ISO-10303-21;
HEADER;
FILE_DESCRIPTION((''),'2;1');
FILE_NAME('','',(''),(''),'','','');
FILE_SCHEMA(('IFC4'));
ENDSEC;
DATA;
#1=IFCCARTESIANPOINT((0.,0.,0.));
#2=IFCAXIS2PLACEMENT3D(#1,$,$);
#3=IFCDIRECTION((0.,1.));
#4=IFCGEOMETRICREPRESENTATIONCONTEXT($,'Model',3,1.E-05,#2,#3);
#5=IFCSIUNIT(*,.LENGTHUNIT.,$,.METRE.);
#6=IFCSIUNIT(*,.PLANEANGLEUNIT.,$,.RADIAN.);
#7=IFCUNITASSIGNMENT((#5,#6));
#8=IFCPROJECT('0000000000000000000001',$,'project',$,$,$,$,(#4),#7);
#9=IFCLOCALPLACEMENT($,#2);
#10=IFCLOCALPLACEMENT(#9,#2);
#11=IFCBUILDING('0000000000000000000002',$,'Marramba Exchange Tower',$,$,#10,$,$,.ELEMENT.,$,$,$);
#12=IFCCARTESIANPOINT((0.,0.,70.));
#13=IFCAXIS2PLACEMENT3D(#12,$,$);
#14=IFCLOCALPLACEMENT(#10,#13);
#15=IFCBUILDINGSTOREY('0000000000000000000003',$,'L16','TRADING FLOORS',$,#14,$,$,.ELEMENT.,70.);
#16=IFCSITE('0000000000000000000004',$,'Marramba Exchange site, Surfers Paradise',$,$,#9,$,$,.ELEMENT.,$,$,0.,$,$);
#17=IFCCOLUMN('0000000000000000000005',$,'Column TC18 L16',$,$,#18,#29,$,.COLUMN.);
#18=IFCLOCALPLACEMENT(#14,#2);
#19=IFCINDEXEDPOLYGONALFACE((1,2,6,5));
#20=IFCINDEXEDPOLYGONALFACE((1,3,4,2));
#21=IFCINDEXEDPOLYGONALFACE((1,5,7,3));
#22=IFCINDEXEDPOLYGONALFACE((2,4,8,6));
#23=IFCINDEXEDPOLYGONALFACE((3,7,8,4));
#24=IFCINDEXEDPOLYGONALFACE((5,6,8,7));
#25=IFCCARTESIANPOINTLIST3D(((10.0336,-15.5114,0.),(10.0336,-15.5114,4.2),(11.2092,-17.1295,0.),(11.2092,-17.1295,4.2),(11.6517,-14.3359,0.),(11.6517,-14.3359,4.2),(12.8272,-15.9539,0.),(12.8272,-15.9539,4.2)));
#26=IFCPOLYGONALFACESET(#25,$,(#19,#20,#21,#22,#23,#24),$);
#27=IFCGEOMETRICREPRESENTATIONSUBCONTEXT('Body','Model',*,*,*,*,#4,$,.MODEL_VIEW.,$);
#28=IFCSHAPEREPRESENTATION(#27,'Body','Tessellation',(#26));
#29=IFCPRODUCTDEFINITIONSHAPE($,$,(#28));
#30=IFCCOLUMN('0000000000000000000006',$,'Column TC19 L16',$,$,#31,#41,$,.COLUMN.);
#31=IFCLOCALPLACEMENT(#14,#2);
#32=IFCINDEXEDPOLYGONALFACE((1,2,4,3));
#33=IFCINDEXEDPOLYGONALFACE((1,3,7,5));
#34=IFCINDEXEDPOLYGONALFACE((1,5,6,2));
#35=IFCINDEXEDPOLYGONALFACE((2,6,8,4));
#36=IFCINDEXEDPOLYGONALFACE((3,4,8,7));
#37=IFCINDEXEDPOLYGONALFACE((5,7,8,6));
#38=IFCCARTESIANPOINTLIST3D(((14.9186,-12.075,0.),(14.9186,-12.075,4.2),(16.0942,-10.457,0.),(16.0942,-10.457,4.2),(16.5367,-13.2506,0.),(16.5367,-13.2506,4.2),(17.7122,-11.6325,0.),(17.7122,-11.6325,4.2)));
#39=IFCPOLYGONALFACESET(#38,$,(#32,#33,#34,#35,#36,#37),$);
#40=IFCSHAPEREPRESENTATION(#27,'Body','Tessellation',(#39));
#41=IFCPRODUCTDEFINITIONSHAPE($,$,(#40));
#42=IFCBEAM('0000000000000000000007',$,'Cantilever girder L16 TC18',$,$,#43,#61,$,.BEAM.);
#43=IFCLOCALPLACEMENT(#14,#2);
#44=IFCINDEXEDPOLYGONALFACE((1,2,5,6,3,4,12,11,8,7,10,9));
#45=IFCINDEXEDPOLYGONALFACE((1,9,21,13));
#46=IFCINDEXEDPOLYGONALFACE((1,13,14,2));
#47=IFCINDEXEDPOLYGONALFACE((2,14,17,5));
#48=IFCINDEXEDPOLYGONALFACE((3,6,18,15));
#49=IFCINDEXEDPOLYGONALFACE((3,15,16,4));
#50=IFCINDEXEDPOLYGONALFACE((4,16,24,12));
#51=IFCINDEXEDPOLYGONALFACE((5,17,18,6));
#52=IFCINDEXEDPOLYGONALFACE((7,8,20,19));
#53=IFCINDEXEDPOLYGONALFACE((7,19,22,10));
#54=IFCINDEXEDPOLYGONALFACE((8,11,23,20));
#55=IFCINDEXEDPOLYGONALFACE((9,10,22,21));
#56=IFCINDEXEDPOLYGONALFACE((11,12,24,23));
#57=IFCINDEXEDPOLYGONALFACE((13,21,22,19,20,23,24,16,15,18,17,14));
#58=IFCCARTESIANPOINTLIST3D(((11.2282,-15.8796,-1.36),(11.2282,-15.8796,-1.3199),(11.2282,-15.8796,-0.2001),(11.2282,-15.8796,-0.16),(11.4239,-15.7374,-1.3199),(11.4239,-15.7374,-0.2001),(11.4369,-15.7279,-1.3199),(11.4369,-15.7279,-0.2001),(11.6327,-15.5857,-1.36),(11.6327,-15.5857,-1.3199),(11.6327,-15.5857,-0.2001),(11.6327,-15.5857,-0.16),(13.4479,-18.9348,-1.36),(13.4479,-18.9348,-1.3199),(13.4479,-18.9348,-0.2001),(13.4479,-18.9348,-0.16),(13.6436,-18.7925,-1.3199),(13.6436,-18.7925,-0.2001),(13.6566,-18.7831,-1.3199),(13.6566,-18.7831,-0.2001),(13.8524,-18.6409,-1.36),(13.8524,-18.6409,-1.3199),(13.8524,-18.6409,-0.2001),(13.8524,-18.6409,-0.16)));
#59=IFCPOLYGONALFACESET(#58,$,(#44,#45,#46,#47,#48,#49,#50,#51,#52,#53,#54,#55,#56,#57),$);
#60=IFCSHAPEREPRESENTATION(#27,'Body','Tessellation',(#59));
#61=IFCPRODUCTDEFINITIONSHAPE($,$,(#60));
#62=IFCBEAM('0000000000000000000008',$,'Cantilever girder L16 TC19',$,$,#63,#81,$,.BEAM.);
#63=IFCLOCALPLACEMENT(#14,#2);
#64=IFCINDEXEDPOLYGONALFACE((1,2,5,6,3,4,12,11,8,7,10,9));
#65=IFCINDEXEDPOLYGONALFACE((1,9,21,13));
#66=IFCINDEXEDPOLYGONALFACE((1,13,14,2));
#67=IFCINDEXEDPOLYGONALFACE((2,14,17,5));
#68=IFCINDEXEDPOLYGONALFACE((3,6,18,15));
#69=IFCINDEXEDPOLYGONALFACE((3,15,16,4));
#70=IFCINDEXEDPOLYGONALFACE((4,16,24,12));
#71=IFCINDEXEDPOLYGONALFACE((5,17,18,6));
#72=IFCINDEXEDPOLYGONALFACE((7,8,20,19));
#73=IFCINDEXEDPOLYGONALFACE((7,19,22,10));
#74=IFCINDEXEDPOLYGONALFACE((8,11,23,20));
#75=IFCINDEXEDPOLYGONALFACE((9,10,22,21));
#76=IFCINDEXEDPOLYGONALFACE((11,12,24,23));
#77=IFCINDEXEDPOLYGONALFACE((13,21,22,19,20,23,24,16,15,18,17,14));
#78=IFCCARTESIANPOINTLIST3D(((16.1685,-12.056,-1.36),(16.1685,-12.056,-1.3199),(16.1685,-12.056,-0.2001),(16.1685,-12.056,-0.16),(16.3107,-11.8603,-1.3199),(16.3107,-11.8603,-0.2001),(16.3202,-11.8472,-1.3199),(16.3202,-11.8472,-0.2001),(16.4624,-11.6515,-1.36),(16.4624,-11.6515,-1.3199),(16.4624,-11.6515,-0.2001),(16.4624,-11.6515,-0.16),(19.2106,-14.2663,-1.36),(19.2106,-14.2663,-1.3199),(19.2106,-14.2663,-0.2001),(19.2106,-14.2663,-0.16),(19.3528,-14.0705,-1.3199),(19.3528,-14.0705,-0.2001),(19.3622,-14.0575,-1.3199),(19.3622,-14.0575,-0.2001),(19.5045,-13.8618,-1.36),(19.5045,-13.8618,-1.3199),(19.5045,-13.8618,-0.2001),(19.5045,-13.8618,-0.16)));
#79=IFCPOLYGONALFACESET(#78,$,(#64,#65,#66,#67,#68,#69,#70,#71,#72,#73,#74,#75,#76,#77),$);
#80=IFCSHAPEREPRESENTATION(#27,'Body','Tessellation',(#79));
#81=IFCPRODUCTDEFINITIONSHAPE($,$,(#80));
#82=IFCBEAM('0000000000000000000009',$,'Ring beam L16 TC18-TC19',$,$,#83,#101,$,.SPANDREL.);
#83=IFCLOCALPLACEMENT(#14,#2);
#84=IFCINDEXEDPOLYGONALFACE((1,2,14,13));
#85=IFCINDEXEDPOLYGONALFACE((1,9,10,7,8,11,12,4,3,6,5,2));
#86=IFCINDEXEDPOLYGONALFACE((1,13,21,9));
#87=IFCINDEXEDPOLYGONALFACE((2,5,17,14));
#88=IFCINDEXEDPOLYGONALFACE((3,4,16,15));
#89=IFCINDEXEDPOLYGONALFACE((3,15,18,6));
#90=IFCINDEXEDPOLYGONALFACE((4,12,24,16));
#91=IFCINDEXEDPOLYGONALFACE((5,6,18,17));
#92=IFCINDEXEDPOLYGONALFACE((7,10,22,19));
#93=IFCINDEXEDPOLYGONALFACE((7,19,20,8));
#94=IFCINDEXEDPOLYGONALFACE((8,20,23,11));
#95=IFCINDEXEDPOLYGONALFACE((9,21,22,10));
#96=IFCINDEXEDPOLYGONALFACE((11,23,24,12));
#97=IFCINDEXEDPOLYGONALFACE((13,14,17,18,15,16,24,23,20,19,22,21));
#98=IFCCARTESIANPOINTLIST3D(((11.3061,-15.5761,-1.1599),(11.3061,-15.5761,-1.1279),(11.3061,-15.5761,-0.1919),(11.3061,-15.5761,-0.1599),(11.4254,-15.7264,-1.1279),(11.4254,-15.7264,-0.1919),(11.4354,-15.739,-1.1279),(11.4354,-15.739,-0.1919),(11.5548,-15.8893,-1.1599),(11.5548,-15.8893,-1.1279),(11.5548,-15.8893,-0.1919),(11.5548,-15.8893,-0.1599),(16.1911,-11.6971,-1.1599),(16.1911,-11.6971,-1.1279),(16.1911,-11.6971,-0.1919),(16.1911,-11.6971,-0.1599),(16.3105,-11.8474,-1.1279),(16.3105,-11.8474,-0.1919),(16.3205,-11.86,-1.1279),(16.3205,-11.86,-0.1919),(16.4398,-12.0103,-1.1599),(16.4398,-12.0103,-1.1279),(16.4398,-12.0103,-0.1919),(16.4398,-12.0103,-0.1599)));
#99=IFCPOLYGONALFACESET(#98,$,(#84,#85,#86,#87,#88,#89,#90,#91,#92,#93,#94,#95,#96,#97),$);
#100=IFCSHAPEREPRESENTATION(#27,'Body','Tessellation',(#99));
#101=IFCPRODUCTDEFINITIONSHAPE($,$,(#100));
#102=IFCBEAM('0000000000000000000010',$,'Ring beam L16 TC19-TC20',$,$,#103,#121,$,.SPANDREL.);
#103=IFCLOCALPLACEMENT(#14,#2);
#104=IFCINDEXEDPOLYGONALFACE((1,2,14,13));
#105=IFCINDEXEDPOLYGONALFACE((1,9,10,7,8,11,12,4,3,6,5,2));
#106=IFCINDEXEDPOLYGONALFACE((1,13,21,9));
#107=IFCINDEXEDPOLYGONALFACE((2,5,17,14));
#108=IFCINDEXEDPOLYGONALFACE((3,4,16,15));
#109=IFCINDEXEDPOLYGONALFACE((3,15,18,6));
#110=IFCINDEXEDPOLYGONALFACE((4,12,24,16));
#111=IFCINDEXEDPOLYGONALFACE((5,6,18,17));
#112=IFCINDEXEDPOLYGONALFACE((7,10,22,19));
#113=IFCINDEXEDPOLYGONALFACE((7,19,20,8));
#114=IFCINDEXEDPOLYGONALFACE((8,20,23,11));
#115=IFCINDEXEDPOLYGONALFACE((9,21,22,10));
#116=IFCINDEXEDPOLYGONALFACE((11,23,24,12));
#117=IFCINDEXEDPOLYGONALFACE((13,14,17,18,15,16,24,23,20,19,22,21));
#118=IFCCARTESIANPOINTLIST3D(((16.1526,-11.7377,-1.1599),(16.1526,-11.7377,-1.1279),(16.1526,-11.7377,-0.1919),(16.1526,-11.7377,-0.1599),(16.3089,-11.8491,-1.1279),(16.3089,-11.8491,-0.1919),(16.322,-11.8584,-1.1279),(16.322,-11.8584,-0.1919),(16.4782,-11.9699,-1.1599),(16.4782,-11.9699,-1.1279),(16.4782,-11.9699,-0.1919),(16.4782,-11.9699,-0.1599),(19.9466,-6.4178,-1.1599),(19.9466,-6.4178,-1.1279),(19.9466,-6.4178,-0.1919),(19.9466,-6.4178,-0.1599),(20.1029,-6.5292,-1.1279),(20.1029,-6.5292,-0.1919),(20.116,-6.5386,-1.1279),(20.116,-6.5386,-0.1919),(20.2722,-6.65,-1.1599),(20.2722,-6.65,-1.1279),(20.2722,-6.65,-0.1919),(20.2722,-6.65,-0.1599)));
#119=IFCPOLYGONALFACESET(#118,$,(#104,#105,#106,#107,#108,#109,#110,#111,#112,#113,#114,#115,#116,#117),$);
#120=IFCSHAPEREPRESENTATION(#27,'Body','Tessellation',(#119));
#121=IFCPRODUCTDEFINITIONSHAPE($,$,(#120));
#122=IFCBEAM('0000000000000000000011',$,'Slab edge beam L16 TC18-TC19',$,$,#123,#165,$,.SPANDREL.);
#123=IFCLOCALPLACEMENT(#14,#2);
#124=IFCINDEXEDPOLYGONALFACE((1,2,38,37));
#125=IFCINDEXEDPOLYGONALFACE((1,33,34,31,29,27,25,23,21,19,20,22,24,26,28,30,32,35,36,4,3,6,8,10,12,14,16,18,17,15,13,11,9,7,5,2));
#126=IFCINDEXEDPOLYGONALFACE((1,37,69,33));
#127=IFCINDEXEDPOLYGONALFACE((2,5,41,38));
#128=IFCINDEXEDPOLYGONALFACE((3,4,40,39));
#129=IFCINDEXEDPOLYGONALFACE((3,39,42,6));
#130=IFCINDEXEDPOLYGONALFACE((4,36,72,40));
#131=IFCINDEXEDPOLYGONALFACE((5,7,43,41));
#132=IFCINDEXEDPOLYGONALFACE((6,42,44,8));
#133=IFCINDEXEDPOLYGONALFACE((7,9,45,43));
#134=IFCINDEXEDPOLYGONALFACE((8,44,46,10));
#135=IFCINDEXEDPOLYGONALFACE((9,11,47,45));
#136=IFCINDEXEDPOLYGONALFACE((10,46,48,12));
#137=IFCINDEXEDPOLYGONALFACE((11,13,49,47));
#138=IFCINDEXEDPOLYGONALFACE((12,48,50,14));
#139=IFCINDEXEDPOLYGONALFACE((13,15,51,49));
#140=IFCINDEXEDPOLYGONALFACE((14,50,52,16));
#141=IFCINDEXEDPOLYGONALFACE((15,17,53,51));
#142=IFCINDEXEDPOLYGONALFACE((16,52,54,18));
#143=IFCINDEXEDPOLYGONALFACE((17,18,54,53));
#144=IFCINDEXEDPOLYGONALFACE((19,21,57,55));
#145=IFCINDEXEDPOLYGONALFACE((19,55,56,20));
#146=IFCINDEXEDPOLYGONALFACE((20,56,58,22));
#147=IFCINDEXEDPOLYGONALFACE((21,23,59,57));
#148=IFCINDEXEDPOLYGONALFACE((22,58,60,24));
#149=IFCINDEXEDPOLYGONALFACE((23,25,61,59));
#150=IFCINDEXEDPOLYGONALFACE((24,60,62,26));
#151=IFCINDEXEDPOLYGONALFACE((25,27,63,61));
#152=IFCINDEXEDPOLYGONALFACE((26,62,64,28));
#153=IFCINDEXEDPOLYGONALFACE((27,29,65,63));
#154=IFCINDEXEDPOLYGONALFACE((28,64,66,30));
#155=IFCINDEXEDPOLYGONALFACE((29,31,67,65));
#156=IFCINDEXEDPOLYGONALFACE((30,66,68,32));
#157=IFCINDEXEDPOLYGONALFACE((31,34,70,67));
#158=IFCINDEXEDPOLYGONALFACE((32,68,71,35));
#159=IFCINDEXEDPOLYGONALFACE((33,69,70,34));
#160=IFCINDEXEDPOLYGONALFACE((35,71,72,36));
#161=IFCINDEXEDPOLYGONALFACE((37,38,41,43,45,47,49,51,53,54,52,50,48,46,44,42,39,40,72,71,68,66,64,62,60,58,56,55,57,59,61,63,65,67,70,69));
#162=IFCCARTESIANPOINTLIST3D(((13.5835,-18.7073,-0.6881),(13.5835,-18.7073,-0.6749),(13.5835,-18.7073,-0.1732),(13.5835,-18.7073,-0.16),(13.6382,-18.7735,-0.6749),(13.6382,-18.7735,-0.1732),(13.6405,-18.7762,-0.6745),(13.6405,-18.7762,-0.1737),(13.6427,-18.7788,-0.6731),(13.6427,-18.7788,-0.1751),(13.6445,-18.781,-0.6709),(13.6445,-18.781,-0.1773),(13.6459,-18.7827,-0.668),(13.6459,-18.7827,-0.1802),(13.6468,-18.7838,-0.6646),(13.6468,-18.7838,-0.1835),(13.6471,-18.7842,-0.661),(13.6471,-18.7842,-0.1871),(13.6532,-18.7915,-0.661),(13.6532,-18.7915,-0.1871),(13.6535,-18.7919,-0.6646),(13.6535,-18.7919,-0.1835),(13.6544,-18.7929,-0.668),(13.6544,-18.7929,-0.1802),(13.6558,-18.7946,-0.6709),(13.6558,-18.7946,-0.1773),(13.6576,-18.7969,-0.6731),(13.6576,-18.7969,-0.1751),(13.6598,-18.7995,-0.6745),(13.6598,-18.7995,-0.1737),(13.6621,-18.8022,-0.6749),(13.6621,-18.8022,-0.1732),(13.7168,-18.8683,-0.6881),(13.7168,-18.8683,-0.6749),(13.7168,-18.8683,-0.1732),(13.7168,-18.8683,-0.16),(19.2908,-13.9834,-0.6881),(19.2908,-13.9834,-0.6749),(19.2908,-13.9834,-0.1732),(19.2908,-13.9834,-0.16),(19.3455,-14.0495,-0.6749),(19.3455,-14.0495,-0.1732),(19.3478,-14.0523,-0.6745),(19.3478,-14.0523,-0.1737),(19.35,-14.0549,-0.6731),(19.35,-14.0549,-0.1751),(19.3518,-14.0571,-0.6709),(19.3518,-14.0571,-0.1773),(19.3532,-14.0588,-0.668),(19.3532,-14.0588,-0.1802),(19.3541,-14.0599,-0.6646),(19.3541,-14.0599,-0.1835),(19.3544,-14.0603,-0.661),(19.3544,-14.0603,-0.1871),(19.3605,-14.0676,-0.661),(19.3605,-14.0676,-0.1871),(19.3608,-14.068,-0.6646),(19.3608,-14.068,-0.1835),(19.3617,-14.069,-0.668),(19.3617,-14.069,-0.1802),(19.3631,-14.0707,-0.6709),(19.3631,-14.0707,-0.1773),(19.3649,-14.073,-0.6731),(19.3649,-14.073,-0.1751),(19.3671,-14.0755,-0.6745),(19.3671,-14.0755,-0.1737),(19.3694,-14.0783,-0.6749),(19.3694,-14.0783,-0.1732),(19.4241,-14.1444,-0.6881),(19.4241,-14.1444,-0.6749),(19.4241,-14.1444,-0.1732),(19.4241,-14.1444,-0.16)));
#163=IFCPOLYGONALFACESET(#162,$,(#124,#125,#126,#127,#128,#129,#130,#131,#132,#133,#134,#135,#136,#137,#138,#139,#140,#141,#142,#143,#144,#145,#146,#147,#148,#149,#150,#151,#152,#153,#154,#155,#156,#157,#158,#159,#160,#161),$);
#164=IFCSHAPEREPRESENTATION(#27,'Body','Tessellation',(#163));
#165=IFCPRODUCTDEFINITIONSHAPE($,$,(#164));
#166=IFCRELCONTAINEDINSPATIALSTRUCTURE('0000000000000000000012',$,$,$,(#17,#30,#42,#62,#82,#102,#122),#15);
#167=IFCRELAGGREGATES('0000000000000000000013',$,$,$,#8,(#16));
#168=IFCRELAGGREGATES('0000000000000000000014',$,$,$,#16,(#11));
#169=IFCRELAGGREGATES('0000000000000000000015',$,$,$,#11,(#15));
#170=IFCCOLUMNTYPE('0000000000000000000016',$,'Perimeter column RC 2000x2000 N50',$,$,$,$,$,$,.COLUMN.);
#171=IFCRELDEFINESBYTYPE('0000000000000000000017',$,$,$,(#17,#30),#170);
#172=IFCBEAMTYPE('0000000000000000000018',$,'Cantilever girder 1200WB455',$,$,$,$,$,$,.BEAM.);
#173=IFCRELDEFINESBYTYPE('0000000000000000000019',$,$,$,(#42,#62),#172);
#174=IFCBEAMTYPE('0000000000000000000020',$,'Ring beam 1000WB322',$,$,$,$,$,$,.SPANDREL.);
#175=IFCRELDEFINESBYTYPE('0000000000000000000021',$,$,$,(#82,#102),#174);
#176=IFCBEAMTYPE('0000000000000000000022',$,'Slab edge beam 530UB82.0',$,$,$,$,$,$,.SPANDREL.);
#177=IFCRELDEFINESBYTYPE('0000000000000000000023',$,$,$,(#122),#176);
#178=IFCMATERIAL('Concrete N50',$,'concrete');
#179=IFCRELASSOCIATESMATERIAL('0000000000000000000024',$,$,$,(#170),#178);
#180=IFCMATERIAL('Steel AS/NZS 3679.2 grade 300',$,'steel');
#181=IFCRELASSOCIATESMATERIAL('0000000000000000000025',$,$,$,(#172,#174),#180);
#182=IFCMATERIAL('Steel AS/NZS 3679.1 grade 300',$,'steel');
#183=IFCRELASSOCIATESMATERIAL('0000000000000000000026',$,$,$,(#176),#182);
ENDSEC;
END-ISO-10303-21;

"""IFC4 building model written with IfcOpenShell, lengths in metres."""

from ifc_helpers import new_model, si_unit, direction, frame, origin, origin_2d, place, context, subcontext, project, spatial, rectangle, i_section, extrude, material, material_profile, profile_set, type_object, element, save


model = new_model("IFC4")

# Units and contexts
model_context = context("Model", 3, precision=1e-05, world=origin(), true_north=direction((0.0, 1.0)))
body_context = subcontext(model_context, "Body", "Model", "MODEL_VIEW")
ifc_project = project(units=[si_unit("LENGTHUNIT", "METRE"), si_unit("PLANEANGLEUNIT", "RADIAN")], contexts=[model_context])

# Site, building, storey
site_placement = place(None, origin())
site = spatial("IfcSite", under=ifc_project, at=site_placement, Name="Marramba Exchange site, Surfers Paradise", CompositionType="ELEMENT", RefElevation=0.0)
building_placement = place(site_placement, origin())
building = spatial("IfcBuilding", under=site, at=building_placement, Name="Marramba Exchange Tower", CompositionType="ELEMENT")
storey_placement = place(building_placement, frame((0.0, 0.0, 70.0)))
storey = spatial("IfcBuildingStorey", under=building, at=storey_placement, Name="L16", Description="TRADING FLOORS", CompositionType="ELEMENT", Elevation=70.0)

# Columns
ifc_material_1 = material(Name="Concrete N50", Category="concrete")
ifc_material_profile_1 = material_profile(ifc_material_1, rectangle(XDim=2.0, YDim=2.0, at=origin_2d()), Name="RC 2000x2000")
ifc_profile_set_1 = profile_set([ifc_material_profile_1], Name="Concrete N50")
column_type = type_object("IfcColumnType", Name="Perimeter column RC 2000x2000 N50", PredefinedType="COLUMN", material=ifc_profile_set_1)
for number, where, z_axis, x_axis, name in (
    (1, (11.4304, -15.7327, 0.0), (0.0, 0.0, 1.0), (0.587785, -0.809017, 0.0), "Column TC18 L16"),
    (2, (16.3154, -11.8538, 0.0), (0.0, 0.0, 1.0), (0.809017, -0.587785, 0.0), "Column TC19 L16"),
):
    element("IfcColumn", number, at=place(storey_placement, frame(where, z_axis=z_axis, x_axis=x_axis)), inside=storey, type_object=column_type, Name=name, PredefinedType="COLUMN", context=body_context, shape_type="SweptSolid", body=[
        extrude(rectangle(XDim=2.0, YDim=2.0, at=origin_2d()), origin(), (0.0, 0.0, 1.0), 4.2),
    ])

# Beams
ifc_material_2 = material(Name="Steel AS/NZS 3679.2 grade 300", Category="steel")
ifc_material_profile_2 = material_profile(ifc_material_2, i_section(OverallWidth=0.5, OverallDepth=1.2, WebThickness=0.0161, FlangeThickness=0.04, at=origin_2d()), Name="1200WB455")
ifc_profile_set_2 = profile_set([ifc_material_profile_2], Name="Steel AS/NZS 3679.2 grade 300")
beam_type_1 = type_object("IfcBeamType", Name="Cantilever girder 1200WB455", PredefinedType="BEAM", material=ifc_profile_set_2)
beam_1_placement = place(storey_placement, frame((11.4304, -15.7327, -0.76), z_axis=(0.587787, -0.809016, 0.0), x_axis=(0.809016, 0.587787, 0.0)))
element("IfcBeam", 3, at=beam_1_placement, inside=storey, type_object=beam_type_1, Name="Cantilever girder L16 TC18", PredefinedType="BEAM", context=body_context, shape_type="SweptSolid", body=[
    extrude(i_section(OverallWidth=0.5, OverallDepth=1.2, WebThickness=0.0161, FlangeThickness=0.04, at=origin_2d()), origin(), (0.0, 0.0, 1.0), 3.7764),
])
beam_2_placement = place(storey_placement, frame((16.3154, -11.8538, -0.76), z_axis=(0.809008, -0.587797, 0.0), x_axis=(0.587797, 0.809008, 0.0)))
element("IfcBeam", 4, at=beam_2_placement, inside=storey, type_object=beam_type_1, Name="Cantilever girder L16 TC19", PredefinedType="BEAM", context=body_context, shape_type="SweptSolid", body=[
    extrude(i_section(OverallWidth=0.5, OverallDepth=1.2, WebThickness=0.0161, FlangeThickness=0.04, at=origin_2d()), origin(), (0.0, 0.0, 1.0), 3.7603),
])
ifc_material_profile_3 = material_profile(ifc_material_2, i_section(OverallWidth=0.3999, OverallDepth=1.0, WebThickness=0.0161, FlangeThickness=0.032, at=origin_2d()), Name="1000WB322")
ifc_profile_set_3 = profile_set([ifc_material_profile_3], Name="Steel AS/NZS 3679.2 grade 300")
beam_type_2 = type_object("IfcBeamType", Name="Ring beam 1000WB322", PredefinedType="SPANDREL", material=ifc_profile_set_3)
beam_3_placement = place(storey_placement, frame((11.4304, -15.7327, -0.6599), z_axis=(0.783139, 0.621846, 0.0), x_axis=(-0.621846, 0.783139, 0.0)))
element("IfcBeam", 5, at=beam_3_placement, inside=storey, type_object=beam_type_2, Name="Ring beam L16 TC18-TC19", PredefinedType="SPANDREL", context=body_context, shape_type="SweptSolid", body=[
    extrude(i_section(OverallWidth=0.3999, OverallDepth=1.0, WebThickness=0.0161, FlangeThickness=0.032, at=origin_2d()), origin(), (0.0, 0.0, 1.0), 6.2378),
])
beam_4_placement = place(storey_placement, frame((16.3154, -11.8538, -0.6599), z_axis=(0.580637, 0.814162, 0.0), x_axis=(-0.814162, 0.580637, 0.0)))
element("IfcBeam", 6, at=beam_4_placement, inside=storey, type_object=beam_type_2, Name="Ring beam L16 TC19-TC20", PredefinedType="SPANDREL", context=body_context, shape_type="SweptSolid", body=[
    extrude(i_section(OverallWidth=0.3999, OverallDepth=1.0, WebThickness=0.0161, FlangeThickness=0.032, at=origin_2d()), origin(), (0.0, 0.0, 1.0), 6.5342),
])
ifc_material_3 = material(Name="Steel AS/NZS 3679.1 grade 300", Category="steel")
ifc_material_profile_4 = material_profile(ifc_material_3, i_section(OverallWidth=0.209, OverallDepth=0.5281, WebThickness=0.0095, FlangeThickness=0.0132, FilletRadius=0.0139, at=origin_2d()), Name="530UB82.0")
ifc_profile_set_4 = profile_set([ifc_material_profile_4], Name="Steel AS/NZS 3679.1 grade 300")
beam_type_3 = type_object("IfcBeamType", Name="Slab edge beam 530UB82.0", PredefinedType="SPANDREL", material=ifc_profile_set_4)
beam_5_placement = place(storey_placement, frame((13.6501, -18.7878, -0.4241), z_axis=(0.770354, 0.637617, 0.0), x_axis=(-0.637617, 0.770354, 0.0)))
element("IfcBeam", 7, at=beam_5_placement, inside=storey, type_object=beam_type_3, Name="Slab edge beam L16 TC18-TC19", PredefinedType="SPANDREL", context=body_context, shape_type="SweptSolid", body=[
    extrude(i_section(OverallWidth=0.209, OverallDepth=0.5281, WebThickness=0.0095, FlangeThickness=0.0132, FilletRadius=0.0139, at=origin_2d()), origin(), (0.0, 0.0, 1.0), 7.4087),
])

save(model, "model.ifc")
